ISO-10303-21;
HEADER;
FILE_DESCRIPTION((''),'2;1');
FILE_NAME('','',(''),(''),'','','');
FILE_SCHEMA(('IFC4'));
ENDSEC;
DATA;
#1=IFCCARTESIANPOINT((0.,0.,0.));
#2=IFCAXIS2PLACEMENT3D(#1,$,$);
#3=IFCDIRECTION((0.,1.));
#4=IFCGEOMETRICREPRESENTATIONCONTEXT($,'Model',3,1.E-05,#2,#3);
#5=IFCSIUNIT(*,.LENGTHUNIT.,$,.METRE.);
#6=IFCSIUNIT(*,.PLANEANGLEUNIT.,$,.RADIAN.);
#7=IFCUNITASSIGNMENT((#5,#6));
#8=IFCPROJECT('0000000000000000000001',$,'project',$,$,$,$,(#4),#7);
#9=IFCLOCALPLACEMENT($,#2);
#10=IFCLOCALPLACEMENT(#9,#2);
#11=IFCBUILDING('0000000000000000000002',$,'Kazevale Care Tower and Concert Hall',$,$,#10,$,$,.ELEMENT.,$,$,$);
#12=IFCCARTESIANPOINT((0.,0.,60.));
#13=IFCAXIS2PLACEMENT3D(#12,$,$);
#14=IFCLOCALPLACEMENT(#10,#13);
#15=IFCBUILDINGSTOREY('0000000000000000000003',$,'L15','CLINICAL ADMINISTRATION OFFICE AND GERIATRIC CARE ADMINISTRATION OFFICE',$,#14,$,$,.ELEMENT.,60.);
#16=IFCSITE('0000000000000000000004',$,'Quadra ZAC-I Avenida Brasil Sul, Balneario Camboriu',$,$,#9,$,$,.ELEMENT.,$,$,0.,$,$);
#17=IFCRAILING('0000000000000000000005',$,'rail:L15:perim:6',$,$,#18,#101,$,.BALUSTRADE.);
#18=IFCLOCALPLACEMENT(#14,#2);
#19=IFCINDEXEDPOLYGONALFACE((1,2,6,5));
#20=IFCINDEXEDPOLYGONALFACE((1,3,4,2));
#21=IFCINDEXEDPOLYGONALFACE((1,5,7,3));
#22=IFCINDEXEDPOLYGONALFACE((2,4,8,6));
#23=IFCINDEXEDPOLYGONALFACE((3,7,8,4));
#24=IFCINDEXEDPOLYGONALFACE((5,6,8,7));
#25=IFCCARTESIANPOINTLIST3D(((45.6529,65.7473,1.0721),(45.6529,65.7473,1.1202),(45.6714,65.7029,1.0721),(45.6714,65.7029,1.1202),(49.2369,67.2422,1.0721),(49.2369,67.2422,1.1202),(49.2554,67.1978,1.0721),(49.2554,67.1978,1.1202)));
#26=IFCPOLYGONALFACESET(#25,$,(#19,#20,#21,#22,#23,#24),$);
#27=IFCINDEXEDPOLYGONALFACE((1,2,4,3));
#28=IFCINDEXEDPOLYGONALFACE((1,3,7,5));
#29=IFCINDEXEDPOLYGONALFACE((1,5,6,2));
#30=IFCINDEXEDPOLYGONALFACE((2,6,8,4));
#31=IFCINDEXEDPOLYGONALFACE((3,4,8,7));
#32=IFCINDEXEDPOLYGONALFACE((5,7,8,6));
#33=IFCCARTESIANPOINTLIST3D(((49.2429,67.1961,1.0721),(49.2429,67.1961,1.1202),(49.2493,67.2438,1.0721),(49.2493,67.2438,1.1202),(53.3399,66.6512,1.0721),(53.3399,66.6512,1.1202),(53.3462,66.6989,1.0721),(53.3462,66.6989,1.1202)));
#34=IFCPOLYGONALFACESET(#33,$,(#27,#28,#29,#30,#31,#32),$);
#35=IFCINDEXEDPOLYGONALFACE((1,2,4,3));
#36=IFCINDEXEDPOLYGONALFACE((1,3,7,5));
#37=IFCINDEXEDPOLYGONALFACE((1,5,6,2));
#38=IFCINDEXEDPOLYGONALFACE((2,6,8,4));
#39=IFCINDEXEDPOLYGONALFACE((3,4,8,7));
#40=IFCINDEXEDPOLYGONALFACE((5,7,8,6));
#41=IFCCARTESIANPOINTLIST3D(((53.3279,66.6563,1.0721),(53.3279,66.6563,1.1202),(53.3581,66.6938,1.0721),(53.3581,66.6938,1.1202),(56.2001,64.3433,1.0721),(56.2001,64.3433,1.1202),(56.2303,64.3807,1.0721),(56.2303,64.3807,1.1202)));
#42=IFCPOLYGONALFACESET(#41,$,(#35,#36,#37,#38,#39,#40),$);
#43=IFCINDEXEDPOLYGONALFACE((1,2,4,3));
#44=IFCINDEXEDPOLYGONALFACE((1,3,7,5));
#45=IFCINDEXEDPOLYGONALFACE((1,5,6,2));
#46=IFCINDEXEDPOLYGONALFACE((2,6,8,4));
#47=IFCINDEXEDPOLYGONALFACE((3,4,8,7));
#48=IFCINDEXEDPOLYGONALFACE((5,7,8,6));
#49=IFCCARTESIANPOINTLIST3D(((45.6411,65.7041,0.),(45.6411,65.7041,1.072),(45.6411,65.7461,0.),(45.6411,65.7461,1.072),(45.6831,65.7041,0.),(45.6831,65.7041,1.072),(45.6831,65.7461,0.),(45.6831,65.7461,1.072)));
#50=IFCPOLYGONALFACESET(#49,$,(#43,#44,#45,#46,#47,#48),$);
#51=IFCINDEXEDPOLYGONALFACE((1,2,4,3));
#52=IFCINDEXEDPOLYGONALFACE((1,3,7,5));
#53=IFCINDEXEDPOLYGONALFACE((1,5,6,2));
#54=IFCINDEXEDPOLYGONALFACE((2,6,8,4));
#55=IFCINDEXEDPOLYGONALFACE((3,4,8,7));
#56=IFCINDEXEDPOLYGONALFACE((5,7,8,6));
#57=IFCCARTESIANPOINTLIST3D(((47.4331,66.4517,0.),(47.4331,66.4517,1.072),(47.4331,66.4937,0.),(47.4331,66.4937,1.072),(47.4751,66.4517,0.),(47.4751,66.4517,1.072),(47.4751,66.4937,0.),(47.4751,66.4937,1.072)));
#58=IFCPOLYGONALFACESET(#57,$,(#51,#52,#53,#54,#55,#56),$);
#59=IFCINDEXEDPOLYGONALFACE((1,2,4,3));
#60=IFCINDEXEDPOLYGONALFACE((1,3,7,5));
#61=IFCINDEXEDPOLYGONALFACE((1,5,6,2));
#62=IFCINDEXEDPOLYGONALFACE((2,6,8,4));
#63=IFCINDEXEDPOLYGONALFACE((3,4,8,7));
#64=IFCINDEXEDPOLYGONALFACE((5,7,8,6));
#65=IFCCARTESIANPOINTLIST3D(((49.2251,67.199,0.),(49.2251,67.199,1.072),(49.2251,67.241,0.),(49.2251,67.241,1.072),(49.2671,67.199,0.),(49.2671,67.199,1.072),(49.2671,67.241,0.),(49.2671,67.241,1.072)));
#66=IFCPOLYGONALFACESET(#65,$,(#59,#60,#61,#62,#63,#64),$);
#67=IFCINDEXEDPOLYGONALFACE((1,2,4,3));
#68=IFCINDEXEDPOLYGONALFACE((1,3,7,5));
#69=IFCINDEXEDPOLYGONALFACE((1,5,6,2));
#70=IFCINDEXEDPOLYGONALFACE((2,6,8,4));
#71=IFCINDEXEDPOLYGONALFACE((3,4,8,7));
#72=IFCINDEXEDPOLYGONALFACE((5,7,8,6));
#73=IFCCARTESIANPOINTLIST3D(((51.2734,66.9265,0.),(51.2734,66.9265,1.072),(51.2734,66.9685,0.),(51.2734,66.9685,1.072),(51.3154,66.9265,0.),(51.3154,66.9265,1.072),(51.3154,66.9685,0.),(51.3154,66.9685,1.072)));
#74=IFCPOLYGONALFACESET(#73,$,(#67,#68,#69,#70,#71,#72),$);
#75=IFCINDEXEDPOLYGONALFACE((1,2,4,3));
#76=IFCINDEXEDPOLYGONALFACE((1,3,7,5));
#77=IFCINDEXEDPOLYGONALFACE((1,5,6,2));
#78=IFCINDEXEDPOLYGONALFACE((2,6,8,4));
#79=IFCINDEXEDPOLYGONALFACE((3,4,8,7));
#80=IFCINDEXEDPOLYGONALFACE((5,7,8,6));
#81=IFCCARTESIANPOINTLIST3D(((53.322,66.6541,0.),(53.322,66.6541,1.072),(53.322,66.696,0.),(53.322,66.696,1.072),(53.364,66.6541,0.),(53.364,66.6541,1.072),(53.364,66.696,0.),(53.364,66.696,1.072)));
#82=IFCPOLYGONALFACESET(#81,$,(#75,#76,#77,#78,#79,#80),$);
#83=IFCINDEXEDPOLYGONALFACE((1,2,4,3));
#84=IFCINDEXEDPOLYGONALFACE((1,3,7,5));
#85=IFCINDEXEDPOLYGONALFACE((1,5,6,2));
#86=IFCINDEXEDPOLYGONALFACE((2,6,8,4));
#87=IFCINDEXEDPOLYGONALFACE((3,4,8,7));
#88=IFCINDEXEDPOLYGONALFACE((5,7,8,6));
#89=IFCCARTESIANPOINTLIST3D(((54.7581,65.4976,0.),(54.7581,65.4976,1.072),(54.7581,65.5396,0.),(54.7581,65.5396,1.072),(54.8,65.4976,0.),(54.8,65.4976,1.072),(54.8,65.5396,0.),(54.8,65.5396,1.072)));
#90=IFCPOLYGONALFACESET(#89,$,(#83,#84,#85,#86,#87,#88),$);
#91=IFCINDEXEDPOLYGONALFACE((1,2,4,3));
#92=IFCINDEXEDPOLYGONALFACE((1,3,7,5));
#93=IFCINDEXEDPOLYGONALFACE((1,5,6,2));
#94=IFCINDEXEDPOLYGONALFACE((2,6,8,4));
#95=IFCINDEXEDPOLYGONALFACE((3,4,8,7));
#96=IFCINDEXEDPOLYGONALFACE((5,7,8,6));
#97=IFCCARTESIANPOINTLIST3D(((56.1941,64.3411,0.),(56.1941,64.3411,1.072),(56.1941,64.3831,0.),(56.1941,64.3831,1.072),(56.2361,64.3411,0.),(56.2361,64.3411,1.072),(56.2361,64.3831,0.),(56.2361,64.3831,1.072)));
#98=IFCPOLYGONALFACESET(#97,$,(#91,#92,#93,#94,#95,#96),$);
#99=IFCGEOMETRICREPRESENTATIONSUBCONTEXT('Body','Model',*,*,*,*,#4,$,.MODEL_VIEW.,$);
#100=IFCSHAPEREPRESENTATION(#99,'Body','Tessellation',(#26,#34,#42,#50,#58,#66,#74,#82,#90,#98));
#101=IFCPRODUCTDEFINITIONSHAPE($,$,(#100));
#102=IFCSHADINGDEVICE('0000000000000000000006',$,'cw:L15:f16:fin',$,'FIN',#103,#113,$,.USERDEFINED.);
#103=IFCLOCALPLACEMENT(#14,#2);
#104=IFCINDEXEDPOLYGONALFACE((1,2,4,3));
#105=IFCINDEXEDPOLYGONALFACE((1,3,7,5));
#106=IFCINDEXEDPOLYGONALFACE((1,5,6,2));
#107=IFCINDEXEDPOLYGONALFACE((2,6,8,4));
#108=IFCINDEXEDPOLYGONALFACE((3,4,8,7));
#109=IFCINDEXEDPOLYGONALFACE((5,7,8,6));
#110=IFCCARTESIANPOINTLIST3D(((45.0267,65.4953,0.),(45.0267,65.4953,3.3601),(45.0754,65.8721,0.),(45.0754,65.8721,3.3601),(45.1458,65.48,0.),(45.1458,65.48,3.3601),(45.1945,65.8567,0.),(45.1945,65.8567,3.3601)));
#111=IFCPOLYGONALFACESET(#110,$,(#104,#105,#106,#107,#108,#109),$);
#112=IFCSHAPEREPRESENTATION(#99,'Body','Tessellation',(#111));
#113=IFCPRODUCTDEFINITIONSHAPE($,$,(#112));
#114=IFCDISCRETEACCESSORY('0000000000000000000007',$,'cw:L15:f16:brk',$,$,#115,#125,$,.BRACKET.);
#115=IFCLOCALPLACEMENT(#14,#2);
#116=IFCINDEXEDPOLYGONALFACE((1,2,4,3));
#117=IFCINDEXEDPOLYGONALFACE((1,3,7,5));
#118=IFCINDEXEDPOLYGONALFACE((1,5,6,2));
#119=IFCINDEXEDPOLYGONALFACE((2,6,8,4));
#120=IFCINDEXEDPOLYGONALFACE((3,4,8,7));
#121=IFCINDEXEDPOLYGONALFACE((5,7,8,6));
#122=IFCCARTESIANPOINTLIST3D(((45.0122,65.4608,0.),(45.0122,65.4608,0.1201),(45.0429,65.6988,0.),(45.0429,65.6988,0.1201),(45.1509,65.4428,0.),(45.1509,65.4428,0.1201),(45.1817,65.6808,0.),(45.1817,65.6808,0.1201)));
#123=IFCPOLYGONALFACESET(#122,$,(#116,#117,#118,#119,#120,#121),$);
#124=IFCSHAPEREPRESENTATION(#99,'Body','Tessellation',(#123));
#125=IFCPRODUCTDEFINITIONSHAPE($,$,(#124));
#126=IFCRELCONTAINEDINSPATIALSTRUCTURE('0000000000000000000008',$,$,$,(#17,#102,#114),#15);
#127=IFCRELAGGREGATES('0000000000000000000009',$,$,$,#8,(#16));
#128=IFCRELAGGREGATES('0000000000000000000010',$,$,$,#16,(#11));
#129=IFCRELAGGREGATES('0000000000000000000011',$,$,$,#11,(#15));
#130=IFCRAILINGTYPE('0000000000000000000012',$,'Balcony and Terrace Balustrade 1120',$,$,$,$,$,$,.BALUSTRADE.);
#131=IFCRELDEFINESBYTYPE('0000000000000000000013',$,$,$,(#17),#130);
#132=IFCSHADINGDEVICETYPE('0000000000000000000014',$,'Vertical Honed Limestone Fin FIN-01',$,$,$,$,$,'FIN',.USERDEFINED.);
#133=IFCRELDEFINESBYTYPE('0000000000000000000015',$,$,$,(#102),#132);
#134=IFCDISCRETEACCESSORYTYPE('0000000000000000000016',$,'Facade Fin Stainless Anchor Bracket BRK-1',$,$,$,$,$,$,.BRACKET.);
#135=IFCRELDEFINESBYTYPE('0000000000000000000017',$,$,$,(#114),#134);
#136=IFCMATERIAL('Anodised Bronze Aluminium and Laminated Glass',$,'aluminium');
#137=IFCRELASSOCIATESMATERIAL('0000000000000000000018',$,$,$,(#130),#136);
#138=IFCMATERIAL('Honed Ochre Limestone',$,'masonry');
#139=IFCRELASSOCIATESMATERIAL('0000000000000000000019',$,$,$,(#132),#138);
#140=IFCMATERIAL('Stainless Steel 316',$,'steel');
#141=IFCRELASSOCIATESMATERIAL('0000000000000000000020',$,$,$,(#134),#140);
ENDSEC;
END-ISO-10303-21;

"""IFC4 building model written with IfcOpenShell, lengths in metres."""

from ifc_helpers import new_model, si_unit, direction, frame, origin, origin_2d, place, context, subcontext, project, spatial, rectangle, extrude, material, type_object, element, save


model = new_model("IFC4")

# Units and contexts
model_context = context("Model", 3, precision=1e-05, world=origin(), true_north=direction((0.0, 1.0)))
body_context = subcontext(model_context, "Body", "Model", "MODEL_VIEW")
ifc_project = project(units=[si_unit("LENGTHUNIT", "METRE"), si_unit("PLANEANGLEUNIT", "RADIAN")], contexts=[model_context])

# Site, building, storey
site_placement = place(None, origin())
site = spatial("IfcSite", under=ifc_project, at=site_placement, Name="Quadra ZAC-I Avenida Brasil Sul, Balneario Camboriu", CompositionType="ELEMENT", RefElevation=0.0)
building_placement = place(site_placement, origin())
building = spatial("IfcBuilding", under=site, at=building_placement, Name="Kazevale Care Tower and Concert Hall", CompositionType="ELEMENT")
storey_placement = place(building_placement, frame((0.0, 0.0, 60.0)))
storey = spatial("IfcBuildingStorey", under=building, at=storey_placement, Name="L15", Description="CLINICAL ADMINISTRATION OFFICE AND GERIATRIC CARE ADMINISTRATION OFFICE", CompositionType="ELEMENT", Elevation=60.0)

# Railing
ifc_material_1 = material(Name="Anodised Bronze Aluminium and Laminated Glass", Category="aluminium")
railing_type = type_object("IfcRailingType", Name="Balcony and Terrace Balustrade 1120", PredefinedType="BALUSTRADE", material=ifc_material_1)
railing_placement = place(storey_placement, frame((45.6621, 65.7251, 0.0)))
element("IfcRailing", 1, at=railing_placement, inside=storey, type_object=railing_type, Name="rail:L15:perim:6", PredefinedType="BALUSTRADE", context=body_context, shape_type="SweptSolid", body=[
    extrude(rectangle(XDim=0.0481, YDim=0.0481, at=origin_2d()), frame((0.0, 0.0, 1.0962), z_axis=(0.922935, 0.384955, 0.0), x_axis=(-0.384955, 0.922935, 0.0)), (0.0, 0.0, 1.0), 3.8833),
    extrude(rectangle(XDim=0.0481, YDim=0.0481, at=origin_2d()), frame((3.584, 1.4949, 1.0962), z_axis=(0.99127, -0.131846, 0.0), x_axis=(0.131846, 0.99127, 0.0)), (0.0, 0.0, 1.0), 4.1331),
    extrude(rectangle(XDim=0.0481, YDim=0.0481, at=origin_2d()), frame((7.6809, 0.95, 1.0962), z_axis=(0.778837, -0.627227, 0.0), x_axis=(0.627227, 0.778837, 0.0)), (0.0, 0.0, 1.0), 3.6877),
    extrude(rectangle(XDim=0.042, YDim=0.042, at=origin_2d()), origin(), (0.0, 0.0, 1.0), 1.072),
    extrude(rectangle(XDim=0.042, YDim=0.042, at=origin_2d()), frame((1.792, 0.7476, 0.0)), (0.0, 0.0, 1.0), 1.072),
    extrude(rectangle(XDim=0.042, YDim=0.042, at=origin_2d()), frame((3.584, 1.4949, 0.0)), (0.0, 0.0, 1.0), 1.072),
    extrude(rectangle(XDim=0.042, YDim=0.042, at=origin_2d()), frame((5.6323, 1.2224, 0.0)), (0.0, 0.0, 1.0), 1.072),
    extrude(rectangle(XDim=0.042, YDim=0.042, at=origin_2d()), frame((7.6809, 0.95, 0.0)), (0.0, 0.0, 1.0), 1.072),
    extrude(rectangle(XDim=0.042, YDim=0.042, at=origin_2d()), frame((9.1169, -0.2065, 0.0)), (0.0, 0.0, 1.0), 1.072),
    extrude(rectangle(XDim=0.042, YDim=0.042, at=origin_2d()), frame((10.553, -1.363, 0.0)), (0.0, 0.0, 1.0), 1.072),
])

# Shading device
ifc_material_2 = material(Name="Honed Ochre Limestone", Category="masonry")
shading_device_type = type_object("IfcShadingDeviceType", Name="Vertical Honed Limestone Fin FIN-01", ElementType="FIN", PredefinedType="USERDEFINED", material=ifc_material_2)
shading_device_placement = place(storey_placement, frame((45.1106, 65.676, 0.0), z_axis=(0.0, 0.0, 1.0), x_axis=(0.128103, 0.991761, 0.0)))
element("IfcShadingDevice", 2, at=shading_device_placement, inside=storey, type_object=shading_device_type, Name="cw:L15:f16:fin", ObjectType="FIN", PredefinedType="USERDEFINED", context=body_context, shape_type="SweptSolid", body=[
    extrude(rectangle(XDim=0.3799, YDim=0.1201, at=origin_2d()), origin(), (0.0, 0.0, 1.0), 3.3601),
])

# Discrete accessory
ifc_material_3 = material(Name="Stainless Steel 316", Category="steel")
discrete_accessory_type = type_object("IfcDiscreteAccessoryType", Name="Facade Fin Stainless Anchor Bracket BRK-1", PredefinedType="BRACKET", material=ifc_material_3)
discrete_accessory_placement = place(storey_placement, frame((45.0969, 65.5708, 0.0), z_axis=(0.0, 0.0, 1.0), x_axis=(0.128103, 0.991761, 0.0)))
element("IfcDiscreteAccessory", 3, at=discrete_accessory_placement, inside=storey, type_object=discrete_accessory_type, Name="cw:L15:f16:brk", PredefinedType="BRACKET", context=body_context, shape_type="SweptSolid", body=[
    extrude(rectangle(XDim=0.24, YDim=0.1399, at=origin_2d()), origin(), (0.0, 0.0, 1.0), 0.1201),
])

save(model, "model.ifc")
